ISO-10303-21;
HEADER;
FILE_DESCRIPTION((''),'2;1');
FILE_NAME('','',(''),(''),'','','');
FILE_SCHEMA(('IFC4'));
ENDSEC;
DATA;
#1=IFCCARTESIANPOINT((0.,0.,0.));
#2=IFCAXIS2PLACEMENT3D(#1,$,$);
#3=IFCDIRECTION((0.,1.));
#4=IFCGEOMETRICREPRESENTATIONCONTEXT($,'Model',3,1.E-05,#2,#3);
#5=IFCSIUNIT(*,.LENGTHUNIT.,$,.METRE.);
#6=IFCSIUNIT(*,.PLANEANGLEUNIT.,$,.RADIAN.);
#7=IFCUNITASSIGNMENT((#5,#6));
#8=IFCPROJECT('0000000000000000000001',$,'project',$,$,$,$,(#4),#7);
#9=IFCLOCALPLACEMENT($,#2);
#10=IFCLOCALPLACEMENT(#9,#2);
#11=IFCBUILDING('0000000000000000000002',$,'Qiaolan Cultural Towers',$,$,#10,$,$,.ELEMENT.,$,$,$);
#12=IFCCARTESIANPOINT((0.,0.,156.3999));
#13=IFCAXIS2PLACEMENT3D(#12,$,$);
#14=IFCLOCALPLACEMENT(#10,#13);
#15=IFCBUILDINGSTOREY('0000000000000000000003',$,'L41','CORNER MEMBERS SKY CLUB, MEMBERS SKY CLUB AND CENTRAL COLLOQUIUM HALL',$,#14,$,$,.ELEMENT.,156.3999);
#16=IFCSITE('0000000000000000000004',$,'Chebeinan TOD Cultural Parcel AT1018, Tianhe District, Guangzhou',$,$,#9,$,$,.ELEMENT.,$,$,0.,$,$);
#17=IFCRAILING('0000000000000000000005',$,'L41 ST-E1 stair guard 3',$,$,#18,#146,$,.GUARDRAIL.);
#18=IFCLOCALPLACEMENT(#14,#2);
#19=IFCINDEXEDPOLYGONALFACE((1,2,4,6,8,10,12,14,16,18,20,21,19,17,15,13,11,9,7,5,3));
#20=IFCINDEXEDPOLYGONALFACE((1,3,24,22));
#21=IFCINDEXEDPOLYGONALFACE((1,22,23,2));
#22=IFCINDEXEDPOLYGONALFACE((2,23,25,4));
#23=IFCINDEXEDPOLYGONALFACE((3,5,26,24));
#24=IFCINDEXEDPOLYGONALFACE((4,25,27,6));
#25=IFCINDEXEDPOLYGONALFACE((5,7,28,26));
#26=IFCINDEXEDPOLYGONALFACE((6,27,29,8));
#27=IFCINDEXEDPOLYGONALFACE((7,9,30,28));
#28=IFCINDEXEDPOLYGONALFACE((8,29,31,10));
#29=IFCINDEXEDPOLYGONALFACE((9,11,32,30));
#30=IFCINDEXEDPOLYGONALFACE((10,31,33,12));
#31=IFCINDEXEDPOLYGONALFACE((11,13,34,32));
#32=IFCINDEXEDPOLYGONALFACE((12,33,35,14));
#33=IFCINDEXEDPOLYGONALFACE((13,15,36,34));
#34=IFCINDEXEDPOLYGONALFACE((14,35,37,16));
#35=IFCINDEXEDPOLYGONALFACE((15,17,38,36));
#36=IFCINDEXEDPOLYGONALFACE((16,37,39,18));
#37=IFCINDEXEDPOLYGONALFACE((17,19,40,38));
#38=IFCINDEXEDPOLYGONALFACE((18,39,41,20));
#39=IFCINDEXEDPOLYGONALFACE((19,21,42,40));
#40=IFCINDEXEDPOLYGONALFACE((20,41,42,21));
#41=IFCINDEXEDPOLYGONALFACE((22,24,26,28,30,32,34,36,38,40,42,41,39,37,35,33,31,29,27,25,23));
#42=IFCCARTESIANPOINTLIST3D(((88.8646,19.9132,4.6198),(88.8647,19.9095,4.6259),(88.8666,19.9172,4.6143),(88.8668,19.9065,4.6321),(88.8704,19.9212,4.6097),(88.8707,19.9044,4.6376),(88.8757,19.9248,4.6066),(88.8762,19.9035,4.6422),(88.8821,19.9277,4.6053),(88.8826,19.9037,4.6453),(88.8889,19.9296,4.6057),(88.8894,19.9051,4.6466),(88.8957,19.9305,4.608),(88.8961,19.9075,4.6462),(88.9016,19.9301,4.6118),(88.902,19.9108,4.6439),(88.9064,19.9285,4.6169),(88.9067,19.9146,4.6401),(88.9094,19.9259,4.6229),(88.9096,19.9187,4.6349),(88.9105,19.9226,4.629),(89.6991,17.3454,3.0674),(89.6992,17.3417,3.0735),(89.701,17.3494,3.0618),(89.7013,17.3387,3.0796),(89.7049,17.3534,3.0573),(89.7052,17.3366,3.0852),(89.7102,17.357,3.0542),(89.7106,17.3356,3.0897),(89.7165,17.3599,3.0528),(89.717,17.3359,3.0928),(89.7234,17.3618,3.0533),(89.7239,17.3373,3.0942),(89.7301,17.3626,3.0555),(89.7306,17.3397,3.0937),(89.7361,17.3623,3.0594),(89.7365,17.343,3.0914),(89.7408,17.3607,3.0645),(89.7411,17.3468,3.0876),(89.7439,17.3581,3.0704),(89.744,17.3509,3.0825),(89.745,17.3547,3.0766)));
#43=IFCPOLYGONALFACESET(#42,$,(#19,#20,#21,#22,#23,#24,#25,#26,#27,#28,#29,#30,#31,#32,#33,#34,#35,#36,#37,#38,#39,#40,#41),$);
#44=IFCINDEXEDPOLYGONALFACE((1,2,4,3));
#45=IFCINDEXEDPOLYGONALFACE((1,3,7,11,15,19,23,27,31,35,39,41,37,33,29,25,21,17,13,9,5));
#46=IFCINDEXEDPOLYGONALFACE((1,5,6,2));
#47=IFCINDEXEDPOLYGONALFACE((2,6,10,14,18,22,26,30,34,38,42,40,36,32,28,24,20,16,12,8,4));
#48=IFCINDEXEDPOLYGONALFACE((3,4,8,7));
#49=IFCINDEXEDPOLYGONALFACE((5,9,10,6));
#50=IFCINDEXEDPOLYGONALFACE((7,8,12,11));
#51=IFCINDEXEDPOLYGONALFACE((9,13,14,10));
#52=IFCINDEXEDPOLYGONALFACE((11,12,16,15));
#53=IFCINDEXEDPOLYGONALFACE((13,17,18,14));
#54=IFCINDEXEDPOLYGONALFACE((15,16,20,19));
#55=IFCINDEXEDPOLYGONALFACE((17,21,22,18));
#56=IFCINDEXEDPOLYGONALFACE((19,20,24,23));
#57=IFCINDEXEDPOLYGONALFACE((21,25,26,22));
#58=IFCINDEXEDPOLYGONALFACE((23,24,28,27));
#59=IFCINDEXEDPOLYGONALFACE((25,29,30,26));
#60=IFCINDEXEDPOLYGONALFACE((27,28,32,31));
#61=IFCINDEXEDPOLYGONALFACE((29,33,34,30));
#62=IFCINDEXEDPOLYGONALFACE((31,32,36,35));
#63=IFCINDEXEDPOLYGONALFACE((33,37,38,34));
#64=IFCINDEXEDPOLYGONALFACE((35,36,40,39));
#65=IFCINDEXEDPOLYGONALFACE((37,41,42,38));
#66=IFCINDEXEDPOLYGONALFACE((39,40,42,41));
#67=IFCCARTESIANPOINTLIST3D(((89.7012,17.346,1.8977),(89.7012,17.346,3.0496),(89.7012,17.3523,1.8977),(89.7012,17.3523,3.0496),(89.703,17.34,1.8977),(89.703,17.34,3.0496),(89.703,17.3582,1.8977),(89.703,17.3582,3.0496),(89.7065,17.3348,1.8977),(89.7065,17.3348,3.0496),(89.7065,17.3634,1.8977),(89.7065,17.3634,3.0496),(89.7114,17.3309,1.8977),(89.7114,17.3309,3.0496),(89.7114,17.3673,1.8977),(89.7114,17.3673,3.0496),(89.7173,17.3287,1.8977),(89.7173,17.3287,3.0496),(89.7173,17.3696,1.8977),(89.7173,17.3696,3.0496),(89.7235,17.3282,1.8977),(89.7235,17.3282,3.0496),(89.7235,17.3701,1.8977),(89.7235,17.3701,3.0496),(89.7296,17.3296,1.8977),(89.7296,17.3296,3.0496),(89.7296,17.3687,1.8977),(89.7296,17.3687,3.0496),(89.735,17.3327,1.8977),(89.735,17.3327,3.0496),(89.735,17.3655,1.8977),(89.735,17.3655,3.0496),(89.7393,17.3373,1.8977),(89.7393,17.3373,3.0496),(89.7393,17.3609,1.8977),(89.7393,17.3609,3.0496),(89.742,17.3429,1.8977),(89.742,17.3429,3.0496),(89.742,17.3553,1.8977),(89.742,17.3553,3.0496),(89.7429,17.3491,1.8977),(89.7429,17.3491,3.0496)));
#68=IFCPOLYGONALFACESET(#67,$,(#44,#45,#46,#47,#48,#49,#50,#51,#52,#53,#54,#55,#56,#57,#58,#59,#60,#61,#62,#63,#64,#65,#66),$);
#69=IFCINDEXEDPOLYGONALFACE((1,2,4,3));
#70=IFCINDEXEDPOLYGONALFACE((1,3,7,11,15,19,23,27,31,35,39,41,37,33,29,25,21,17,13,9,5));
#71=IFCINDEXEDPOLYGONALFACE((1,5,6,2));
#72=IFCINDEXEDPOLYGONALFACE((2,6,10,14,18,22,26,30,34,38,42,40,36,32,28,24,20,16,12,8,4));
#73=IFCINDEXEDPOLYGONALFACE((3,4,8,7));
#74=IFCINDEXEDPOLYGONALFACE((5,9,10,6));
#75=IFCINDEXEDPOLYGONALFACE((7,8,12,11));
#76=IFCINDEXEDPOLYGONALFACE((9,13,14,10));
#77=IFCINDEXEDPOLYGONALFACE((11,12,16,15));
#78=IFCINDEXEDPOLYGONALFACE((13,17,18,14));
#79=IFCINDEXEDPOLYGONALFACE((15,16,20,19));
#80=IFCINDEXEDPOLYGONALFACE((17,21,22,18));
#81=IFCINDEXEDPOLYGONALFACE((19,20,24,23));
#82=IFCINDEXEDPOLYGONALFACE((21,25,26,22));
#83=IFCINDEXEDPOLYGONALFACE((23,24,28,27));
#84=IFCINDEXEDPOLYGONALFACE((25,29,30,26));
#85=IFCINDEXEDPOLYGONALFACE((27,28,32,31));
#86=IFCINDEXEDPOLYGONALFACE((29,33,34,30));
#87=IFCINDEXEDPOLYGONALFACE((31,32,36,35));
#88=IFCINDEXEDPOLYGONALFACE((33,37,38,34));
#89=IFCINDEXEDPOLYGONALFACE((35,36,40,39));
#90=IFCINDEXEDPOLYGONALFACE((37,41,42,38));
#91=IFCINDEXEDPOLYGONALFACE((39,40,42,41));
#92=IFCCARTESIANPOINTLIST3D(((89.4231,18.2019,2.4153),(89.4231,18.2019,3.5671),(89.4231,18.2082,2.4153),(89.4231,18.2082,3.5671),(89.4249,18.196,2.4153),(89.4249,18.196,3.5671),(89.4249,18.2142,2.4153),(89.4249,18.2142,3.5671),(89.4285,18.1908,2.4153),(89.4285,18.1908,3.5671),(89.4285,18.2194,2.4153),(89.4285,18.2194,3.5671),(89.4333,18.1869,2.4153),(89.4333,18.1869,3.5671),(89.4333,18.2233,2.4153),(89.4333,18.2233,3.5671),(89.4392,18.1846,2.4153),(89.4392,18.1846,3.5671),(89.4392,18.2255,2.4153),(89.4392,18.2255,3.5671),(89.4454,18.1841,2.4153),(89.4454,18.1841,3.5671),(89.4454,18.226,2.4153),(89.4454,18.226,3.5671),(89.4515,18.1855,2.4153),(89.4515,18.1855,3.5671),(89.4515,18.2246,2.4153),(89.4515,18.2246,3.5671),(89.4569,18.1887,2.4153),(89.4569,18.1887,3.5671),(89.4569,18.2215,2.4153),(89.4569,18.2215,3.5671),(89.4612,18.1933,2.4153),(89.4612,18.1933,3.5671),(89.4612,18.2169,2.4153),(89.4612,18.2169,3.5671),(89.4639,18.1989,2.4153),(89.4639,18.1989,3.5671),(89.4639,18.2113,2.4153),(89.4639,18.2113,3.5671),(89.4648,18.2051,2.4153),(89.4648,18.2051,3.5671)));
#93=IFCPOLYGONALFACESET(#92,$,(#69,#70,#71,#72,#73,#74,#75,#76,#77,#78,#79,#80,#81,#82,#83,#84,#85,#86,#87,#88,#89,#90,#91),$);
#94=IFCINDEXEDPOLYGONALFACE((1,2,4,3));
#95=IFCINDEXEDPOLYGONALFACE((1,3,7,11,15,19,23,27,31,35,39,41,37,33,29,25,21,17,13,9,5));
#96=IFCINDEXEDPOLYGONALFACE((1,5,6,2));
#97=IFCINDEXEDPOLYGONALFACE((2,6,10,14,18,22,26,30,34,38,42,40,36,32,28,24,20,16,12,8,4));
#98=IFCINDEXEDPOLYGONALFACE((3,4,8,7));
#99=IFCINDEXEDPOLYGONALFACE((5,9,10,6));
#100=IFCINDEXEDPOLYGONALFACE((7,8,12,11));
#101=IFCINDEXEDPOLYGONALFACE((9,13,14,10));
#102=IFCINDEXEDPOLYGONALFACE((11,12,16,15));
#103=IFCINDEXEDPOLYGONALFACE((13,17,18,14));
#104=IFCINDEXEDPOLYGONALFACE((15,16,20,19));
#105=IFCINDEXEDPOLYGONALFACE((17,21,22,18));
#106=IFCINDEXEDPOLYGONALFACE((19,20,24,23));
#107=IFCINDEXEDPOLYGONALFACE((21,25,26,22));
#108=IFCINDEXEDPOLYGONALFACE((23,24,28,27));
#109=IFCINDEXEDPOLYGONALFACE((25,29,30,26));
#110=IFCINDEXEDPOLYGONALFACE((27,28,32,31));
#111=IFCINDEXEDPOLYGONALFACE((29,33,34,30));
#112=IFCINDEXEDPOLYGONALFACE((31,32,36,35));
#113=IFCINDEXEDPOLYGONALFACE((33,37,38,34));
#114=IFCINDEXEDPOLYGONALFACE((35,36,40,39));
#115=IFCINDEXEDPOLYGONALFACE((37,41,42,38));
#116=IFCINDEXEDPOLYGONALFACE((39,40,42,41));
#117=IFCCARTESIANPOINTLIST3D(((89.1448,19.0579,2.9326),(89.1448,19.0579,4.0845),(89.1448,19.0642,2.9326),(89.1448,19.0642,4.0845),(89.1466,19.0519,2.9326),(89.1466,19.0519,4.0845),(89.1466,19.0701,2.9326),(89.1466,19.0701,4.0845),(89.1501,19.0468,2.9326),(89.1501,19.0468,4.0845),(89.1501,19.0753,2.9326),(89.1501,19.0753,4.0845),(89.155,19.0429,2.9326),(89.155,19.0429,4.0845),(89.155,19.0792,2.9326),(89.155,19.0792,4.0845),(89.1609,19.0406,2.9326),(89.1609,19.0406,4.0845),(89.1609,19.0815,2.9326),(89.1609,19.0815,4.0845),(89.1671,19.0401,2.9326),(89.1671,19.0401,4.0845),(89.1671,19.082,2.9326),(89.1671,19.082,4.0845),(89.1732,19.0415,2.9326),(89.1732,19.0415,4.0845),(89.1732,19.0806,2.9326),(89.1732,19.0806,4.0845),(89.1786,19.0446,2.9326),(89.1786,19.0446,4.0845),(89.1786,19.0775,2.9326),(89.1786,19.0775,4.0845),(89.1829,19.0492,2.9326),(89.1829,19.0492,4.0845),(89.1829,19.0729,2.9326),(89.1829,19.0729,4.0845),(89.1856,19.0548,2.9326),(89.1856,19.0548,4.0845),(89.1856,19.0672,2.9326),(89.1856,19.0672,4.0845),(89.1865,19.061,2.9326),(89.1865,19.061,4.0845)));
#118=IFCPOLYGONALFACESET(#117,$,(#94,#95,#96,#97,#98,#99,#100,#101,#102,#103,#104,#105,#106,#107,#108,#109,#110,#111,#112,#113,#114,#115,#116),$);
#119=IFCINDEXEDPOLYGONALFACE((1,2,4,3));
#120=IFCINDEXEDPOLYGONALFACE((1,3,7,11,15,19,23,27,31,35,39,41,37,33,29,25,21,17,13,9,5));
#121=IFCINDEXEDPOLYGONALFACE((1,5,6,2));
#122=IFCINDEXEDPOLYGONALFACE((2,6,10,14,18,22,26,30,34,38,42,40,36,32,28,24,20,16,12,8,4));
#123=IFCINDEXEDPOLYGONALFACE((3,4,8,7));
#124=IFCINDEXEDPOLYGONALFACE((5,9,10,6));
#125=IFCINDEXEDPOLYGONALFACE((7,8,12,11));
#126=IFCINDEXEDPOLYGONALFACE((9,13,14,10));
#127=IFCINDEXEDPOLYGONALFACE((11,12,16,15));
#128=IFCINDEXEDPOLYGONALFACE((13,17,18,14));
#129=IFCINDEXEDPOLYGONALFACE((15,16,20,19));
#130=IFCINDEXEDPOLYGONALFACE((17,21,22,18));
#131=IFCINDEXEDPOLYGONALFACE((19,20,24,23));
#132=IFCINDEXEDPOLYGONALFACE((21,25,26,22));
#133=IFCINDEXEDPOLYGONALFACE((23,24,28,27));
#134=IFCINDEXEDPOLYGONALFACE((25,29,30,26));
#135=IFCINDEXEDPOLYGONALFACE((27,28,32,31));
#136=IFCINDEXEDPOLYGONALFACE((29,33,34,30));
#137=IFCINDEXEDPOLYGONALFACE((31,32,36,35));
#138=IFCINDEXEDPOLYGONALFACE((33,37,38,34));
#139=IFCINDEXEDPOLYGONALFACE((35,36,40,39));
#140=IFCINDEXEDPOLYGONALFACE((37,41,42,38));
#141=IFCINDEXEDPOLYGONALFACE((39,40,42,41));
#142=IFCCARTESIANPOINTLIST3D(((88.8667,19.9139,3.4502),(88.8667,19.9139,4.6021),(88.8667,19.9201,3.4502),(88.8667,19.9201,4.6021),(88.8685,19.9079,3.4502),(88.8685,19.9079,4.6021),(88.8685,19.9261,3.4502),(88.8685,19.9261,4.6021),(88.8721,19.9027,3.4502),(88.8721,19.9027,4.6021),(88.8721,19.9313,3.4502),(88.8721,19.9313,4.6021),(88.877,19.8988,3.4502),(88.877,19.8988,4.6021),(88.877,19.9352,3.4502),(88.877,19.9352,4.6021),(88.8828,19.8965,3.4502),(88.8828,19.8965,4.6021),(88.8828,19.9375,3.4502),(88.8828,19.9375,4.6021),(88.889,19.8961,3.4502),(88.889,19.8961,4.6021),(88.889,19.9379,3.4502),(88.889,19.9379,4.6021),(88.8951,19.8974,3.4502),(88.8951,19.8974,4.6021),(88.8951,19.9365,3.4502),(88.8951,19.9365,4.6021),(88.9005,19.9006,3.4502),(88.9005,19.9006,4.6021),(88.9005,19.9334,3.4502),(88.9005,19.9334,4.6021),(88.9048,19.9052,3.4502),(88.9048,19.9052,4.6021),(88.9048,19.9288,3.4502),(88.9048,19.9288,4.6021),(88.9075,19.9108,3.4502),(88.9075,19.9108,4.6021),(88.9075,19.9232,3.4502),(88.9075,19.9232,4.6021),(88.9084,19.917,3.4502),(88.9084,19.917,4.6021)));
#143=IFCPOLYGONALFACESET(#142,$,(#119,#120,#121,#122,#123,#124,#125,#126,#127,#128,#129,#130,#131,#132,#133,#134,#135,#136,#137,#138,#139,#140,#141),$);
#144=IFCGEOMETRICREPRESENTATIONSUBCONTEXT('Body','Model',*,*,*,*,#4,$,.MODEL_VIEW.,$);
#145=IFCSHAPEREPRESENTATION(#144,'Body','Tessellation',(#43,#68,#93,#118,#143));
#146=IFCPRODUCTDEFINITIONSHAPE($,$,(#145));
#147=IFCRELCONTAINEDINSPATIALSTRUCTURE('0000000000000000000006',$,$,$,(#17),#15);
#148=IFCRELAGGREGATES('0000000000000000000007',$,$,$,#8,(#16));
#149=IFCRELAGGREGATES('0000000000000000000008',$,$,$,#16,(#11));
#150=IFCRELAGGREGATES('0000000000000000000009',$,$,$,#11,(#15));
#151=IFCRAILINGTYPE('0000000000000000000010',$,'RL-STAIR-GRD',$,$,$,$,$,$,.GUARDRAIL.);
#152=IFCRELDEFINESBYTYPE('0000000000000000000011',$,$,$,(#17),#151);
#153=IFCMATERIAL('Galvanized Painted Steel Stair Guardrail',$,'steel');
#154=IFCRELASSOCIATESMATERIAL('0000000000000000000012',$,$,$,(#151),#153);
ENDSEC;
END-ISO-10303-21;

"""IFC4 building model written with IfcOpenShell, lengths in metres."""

from ifc_helpers import new_model, si_unit, direction, frame, origin, origin_2d, place, context, subcontext, project, spatial, circle, extrude, material, type_object, element, save


model = new_model("IFC4")

# Units and contexts
model_context = context("Model", 3, precision=1e-05, world=origin(), true_north=direction((0.0, 1.0)))
body_context = subcontext(model_context, "Body", "Model", "MODEL_VIEW")
ifc_project = project(units=[si_unit("LENGTHUNIT", "METRE"), si_unit("PLANEANGLEUNIT", "RADIAN")], contexts=[model_context])

# Site, building, storey
site_placement = place(None, origin())
site = spatial("IfcSite", under=ifc_project, at=site_placement, Name="Chebeinan TOD Cultural Parcel AT1018, Tianhe District, Guangzhou", CompositionType="ELEMENT", RefElevation=0.0)
building_placement = place(site_placement, origin())
building = spatial("IfcBuilding", under=site, at=building_placement, Name="Qiaolan Cultural Towers", CompositionType="ELEMENT")
storey_placement = place(building_placement, frame((0.0, 0.0, 156.3999)))
storey = spatial("IfcBuildingStorey", under=building, at=storey_placement, Name="L41", Description="CORNER MEMBERS SKY CLUB, MEMBERS SKY CLUB AND CENTRAL COLLOQUIUM HALL", CompositionType="ELEMENT", Elevation=156.3999)

# Railing
ifc_material_1 = material(Name="Galvanized Painted Steel Stair Guardrail", Category="steel")
railing_type_1 = type_object("IfcRailingType", Name="RL-STAIR-GRD", PredefinedType="GUARDRAIL", material=ifc_material_1)
railing_1_placement = place(storey_placement, frame((89.7219, 17.3491, 1.8977)))
element("IfcRailing", 1, at=railing_1_placement, inside=storey, type_object=railing_type_1, Name="L41 ST-E1 stair guard 3", PredefinedType="GUARDRAIL", context=body_context, shape_type="SweptSolid", body=[
    extrude(circle(Radius=0.0239, at=origin_2d()), frame((0.0, 0.0, 1.1758), z_axis=(-0.267926, 0.824471, 0.498461), x_axis=(-0.951043, -0.309057, 0.0)), (0.0, 0.0, 1.0), 3.1145),
    extrude(circle(Radius=0.021, at=origin_2d()), origin(), (0.0, 0.0, 1.0), 1.1519),
    extrude(circle(Radius=0.021, at=origin_2d()), frame((-0.2781, 0.856, 0.5176)), (0.0, 0.0, 1.0), 1.1519),
    extrude(circle(Radius=0.021, at=origin_2d()), frame((-0.5564, 1.7119, 1.0349)), (0.0, 0.0, 1.0), 1.1519),
    extrude(circle(Radius=0.021, at=origin_2d()), frame((-0.8345, 2.5679, 1.5525)), (0.0, 0.0, 1.0), 1.1519),
])

save(model, "model.ifc")
